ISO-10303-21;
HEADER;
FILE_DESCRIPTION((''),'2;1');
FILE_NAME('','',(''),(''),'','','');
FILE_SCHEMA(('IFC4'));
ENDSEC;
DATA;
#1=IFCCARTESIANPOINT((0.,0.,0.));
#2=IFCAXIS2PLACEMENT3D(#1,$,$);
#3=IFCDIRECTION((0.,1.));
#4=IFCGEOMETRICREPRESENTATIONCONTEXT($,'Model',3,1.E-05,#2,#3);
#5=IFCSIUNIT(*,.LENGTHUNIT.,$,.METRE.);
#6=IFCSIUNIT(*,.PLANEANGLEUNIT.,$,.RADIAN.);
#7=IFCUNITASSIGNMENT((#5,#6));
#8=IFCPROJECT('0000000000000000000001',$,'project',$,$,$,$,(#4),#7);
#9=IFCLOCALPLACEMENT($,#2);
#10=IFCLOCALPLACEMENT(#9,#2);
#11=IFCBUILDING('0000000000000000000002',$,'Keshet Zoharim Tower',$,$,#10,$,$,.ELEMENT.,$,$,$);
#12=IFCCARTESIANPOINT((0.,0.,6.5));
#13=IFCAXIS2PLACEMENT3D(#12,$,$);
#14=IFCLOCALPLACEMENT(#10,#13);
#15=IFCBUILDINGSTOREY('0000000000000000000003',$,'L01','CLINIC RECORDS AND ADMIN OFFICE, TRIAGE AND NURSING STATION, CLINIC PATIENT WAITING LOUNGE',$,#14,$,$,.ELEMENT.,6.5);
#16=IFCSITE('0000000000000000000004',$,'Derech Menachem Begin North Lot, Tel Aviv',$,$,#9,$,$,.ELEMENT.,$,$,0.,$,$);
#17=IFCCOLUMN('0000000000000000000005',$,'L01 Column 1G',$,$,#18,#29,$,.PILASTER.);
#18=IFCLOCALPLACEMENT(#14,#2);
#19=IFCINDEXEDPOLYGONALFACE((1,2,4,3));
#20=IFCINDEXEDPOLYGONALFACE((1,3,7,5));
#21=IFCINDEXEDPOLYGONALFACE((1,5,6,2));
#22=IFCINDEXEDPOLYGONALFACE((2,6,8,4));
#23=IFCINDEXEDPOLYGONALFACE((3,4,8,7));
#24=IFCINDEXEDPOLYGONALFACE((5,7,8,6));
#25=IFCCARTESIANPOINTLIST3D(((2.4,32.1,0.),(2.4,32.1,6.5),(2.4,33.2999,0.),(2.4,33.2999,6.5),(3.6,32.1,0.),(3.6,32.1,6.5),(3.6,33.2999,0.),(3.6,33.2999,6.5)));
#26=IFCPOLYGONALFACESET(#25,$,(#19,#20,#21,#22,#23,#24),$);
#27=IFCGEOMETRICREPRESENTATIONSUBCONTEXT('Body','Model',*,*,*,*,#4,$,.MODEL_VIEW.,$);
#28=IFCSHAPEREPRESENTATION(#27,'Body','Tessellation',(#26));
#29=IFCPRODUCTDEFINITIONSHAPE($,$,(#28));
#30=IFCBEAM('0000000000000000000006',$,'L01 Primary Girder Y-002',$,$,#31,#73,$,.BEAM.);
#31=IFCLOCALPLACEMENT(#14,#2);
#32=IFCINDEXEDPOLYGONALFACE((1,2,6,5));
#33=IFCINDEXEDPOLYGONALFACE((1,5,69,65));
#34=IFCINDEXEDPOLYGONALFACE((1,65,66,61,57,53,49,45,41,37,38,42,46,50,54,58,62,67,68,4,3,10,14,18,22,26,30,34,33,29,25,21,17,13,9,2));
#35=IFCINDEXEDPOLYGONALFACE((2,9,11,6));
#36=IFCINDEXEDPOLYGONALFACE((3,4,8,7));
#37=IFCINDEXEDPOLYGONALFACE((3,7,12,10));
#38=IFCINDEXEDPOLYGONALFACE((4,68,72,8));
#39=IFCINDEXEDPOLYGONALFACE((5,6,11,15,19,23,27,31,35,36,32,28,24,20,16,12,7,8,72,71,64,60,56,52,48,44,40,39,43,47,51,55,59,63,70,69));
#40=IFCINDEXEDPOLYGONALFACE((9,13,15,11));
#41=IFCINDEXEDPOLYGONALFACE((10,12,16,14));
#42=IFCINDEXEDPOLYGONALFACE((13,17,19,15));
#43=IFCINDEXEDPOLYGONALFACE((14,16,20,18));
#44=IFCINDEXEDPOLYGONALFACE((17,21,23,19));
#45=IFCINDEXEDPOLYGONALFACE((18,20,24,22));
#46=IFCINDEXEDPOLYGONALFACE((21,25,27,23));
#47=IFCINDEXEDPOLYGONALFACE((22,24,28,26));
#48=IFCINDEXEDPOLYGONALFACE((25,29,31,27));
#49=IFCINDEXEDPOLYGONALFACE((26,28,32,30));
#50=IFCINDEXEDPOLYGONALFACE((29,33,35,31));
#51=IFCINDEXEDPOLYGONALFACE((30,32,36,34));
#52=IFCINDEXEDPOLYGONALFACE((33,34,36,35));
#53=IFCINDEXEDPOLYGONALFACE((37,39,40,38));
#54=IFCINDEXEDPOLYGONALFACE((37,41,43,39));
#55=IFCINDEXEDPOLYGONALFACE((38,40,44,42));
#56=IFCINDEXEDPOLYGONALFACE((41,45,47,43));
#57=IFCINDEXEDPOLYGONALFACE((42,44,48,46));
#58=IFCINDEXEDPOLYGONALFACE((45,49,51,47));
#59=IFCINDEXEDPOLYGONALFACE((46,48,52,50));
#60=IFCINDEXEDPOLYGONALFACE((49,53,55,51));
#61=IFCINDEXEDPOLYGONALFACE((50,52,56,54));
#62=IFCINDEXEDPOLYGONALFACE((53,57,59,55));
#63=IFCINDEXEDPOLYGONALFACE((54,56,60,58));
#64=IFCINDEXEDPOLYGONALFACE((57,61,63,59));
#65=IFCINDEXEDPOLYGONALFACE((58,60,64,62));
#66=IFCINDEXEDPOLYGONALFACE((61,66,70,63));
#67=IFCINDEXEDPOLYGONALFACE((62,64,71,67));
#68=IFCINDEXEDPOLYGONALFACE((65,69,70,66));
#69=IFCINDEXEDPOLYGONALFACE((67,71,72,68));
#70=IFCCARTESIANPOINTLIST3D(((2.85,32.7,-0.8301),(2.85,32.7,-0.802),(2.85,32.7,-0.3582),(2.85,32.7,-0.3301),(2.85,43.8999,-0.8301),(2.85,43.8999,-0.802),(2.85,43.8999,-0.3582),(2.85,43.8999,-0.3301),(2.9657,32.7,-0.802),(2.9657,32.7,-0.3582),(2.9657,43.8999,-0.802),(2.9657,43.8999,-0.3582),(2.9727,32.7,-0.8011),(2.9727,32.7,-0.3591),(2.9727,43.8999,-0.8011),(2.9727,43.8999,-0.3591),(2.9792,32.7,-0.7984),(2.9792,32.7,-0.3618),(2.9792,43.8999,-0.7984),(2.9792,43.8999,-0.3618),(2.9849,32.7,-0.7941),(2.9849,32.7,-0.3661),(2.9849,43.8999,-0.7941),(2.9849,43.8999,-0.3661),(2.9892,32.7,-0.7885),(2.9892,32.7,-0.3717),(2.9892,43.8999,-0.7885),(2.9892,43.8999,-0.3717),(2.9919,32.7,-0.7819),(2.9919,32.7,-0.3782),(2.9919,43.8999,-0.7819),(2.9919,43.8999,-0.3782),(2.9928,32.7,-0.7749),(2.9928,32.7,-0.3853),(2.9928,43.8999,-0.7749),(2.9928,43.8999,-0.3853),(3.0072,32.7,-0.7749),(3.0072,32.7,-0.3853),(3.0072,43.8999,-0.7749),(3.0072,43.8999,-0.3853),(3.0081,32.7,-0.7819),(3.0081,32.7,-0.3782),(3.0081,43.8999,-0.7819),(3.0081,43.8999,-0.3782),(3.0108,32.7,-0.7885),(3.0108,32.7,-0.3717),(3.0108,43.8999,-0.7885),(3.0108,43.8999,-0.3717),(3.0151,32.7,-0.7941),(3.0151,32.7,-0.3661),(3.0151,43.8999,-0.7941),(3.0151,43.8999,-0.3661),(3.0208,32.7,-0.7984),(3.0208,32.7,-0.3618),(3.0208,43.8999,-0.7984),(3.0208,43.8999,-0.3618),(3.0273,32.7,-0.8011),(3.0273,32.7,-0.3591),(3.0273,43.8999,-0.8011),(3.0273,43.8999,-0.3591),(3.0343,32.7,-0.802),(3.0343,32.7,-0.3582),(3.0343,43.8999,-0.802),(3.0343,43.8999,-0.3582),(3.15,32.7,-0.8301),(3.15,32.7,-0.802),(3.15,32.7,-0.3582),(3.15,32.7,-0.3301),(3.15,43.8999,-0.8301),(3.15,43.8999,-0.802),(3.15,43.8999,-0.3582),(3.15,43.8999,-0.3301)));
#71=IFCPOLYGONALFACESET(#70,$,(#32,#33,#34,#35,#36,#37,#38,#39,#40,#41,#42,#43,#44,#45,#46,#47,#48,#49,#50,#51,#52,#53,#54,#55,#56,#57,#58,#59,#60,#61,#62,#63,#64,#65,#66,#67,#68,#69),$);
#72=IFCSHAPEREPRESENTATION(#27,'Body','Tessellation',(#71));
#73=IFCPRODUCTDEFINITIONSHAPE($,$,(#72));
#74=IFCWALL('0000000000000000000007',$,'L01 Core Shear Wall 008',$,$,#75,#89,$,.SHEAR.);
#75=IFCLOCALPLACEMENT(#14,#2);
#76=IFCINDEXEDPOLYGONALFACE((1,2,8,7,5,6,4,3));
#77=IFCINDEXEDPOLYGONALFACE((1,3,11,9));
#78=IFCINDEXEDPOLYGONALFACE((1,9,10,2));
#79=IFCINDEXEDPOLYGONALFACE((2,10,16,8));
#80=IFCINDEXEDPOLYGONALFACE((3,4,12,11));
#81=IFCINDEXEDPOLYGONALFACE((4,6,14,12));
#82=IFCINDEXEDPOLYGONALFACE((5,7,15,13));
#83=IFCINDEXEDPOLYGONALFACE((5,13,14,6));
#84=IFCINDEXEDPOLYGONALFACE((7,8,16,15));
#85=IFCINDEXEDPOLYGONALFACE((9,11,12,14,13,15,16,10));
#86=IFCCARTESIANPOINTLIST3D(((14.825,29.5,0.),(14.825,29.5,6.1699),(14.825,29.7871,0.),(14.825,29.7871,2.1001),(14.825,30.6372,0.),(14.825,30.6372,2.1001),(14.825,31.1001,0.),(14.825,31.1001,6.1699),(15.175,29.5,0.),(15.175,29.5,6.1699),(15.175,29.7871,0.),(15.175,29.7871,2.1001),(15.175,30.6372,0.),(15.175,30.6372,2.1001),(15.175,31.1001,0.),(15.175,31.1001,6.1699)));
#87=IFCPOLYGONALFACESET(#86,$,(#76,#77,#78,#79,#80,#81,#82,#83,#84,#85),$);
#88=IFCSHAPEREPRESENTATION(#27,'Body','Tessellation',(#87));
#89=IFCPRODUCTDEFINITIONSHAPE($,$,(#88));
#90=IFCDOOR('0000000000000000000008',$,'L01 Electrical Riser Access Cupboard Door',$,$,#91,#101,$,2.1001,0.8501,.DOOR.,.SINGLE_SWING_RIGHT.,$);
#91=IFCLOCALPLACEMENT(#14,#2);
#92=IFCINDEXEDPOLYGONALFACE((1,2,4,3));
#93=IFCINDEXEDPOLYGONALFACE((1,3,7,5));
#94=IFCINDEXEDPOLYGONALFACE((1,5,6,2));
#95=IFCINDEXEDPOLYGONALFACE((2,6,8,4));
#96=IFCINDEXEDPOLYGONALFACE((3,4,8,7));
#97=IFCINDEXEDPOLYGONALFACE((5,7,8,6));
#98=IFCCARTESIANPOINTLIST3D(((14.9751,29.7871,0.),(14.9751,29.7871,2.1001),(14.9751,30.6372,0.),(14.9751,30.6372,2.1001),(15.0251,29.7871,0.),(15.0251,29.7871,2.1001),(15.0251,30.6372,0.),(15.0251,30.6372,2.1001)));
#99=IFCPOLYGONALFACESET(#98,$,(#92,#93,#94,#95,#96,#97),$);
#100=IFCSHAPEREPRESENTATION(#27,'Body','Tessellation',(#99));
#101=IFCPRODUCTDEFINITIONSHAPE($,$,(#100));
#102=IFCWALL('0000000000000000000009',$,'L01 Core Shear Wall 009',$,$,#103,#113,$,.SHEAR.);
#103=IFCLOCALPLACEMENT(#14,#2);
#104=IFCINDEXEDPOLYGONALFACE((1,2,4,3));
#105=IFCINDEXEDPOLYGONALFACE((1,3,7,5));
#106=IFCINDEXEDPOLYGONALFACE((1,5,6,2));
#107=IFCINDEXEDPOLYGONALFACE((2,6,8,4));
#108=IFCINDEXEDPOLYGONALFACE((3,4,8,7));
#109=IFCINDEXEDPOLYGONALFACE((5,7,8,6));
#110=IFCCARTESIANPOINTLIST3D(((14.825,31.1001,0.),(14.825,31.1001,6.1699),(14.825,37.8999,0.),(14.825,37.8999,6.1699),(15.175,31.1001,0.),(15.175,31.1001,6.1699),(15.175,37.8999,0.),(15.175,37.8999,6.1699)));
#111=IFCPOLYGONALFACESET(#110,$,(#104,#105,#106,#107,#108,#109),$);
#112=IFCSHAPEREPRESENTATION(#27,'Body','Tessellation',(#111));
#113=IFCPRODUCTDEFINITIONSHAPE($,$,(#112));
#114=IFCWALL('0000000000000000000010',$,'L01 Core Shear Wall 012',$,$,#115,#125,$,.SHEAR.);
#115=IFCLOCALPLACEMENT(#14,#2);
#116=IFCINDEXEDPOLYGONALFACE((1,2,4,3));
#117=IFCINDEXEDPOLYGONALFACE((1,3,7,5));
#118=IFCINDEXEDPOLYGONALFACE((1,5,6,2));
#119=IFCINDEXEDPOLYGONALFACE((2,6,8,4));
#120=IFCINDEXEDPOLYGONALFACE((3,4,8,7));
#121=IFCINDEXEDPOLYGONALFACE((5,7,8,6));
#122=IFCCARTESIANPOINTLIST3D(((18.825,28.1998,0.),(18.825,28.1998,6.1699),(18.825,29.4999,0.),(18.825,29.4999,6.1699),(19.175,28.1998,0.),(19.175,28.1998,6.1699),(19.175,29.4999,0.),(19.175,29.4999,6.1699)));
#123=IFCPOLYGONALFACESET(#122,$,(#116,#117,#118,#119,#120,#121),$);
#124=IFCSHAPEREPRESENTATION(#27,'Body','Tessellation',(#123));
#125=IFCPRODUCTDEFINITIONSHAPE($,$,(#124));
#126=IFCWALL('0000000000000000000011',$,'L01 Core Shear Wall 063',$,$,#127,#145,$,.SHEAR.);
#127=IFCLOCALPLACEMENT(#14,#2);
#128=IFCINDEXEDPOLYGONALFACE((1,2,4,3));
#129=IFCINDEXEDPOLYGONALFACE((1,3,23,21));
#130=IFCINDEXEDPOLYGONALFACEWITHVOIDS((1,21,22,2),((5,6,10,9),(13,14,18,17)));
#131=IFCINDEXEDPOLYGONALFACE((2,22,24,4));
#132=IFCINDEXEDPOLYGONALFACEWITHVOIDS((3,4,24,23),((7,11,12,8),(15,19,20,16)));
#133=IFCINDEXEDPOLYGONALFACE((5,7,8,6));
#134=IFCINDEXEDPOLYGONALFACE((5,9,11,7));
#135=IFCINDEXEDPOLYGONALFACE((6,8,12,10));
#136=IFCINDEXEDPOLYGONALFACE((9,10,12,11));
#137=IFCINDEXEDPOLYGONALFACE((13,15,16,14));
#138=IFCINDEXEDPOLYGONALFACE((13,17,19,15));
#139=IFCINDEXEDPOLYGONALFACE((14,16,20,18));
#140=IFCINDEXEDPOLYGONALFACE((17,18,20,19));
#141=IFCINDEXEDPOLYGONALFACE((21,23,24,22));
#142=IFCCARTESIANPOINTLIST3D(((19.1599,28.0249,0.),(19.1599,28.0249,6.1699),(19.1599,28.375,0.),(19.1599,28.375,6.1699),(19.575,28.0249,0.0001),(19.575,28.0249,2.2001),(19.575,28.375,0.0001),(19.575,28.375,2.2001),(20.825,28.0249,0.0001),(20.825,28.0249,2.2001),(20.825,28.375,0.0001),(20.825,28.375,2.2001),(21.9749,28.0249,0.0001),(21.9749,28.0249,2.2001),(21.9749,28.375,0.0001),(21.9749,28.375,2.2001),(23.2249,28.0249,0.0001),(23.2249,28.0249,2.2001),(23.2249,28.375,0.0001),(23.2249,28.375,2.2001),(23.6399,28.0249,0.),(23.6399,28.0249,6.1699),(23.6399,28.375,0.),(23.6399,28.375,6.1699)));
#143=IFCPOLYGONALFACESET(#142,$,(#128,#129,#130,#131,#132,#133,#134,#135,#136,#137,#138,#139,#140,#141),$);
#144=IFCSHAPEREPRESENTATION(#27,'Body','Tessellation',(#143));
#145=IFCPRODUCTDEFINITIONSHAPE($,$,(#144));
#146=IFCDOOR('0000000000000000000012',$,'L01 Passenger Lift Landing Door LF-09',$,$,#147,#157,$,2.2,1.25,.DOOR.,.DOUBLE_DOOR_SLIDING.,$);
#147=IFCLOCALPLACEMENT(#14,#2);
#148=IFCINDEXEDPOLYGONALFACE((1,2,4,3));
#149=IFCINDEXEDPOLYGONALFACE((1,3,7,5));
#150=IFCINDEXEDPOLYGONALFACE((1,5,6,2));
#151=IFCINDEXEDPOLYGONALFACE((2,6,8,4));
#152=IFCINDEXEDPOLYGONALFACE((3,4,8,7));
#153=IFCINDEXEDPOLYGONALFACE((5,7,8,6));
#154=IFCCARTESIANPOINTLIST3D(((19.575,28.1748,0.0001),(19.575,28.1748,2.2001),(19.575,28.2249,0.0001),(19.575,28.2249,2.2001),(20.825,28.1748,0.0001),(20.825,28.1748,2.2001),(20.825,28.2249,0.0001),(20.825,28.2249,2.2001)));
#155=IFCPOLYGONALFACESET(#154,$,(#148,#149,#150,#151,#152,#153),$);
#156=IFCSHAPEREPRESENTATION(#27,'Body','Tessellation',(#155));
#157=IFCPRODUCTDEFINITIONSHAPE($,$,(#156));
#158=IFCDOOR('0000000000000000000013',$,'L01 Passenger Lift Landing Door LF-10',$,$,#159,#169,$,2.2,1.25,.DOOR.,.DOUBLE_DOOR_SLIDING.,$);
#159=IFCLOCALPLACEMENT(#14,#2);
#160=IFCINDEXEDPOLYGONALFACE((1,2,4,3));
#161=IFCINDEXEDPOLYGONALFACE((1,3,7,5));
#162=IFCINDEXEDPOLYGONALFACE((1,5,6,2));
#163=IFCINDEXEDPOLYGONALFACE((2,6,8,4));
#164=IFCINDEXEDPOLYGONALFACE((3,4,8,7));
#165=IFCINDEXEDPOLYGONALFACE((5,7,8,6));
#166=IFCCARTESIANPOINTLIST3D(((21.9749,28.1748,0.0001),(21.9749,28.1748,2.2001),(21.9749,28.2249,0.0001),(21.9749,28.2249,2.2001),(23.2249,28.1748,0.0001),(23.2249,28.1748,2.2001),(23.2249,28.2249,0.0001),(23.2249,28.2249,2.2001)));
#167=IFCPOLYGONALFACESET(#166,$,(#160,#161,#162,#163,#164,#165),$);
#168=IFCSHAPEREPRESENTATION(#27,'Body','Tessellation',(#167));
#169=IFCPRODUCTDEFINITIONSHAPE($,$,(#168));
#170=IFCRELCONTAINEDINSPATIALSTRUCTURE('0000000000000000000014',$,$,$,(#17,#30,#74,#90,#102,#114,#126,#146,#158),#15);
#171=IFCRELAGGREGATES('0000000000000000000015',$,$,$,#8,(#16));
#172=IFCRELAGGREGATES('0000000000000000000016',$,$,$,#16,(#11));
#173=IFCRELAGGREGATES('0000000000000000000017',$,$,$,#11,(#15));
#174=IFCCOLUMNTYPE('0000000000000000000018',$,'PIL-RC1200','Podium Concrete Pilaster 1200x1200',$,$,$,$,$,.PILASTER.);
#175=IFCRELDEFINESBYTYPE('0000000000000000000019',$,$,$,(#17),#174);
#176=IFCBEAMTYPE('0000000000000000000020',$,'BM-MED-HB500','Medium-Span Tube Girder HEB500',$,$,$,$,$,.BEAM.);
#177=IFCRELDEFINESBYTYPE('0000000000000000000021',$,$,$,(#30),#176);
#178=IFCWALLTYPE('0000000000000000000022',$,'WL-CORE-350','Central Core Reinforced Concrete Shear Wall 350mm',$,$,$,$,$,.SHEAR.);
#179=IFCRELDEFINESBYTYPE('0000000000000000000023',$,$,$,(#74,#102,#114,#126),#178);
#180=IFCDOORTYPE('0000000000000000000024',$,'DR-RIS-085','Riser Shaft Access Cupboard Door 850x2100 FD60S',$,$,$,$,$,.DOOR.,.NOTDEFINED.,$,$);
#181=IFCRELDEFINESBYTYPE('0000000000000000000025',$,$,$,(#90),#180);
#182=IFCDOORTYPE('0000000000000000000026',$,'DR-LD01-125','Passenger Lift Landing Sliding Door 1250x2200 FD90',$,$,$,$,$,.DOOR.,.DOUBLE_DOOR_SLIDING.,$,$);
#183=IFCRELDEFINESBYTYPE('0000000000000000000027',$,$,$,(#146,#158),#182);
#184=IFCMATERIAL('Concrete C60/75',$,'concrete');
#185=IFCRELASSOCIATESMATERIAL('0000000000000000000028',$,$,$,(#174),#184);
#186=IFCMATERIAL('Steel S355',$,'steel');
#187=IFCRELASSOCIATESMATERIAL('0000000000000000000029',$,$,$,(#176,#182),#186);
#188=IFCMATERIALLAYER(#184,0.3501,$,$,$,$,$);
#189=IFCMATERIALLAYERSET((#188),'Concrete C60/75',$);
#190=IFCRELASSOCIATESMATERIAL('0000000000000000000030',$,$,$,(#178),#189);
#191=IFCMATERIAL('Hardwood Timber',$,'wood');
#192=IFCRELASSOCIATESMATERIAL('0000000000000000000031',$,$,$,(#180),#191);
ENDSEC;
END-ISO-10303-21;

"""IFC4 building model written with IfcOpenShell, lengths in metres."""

from ifc_helpers import new_model, si_unit, direction, frame, frame_2d, origin, origin_2d, place, context, subcontext, project, spatial, rectangle, i_section, extrude, material, layer, layer_set, material_profile, profile_set, type_object, element, fill, save


model = new_model("IFC4")

# Units and contexts
model_context = context("Model", 3, precision=1e-05, world=origin(), true_north=direction((0.0, 1.0)))
body_context = subcontext(model_context, "Body", "Model", "MODEL_VIEW")
ifc_project = project(units=[si_unit("LENGTHUNIT", "METRE"), si_unit("PLANEANGLEUNIT", "RADIAN")], contexts=[model_context])

# Site, building, storey
site_placement = place(None, origin())
site = spatial("IfcSite", under=ifc_project, at=site_placement, Name="Derech Menachem Begin North Lot, Tel Aviv", CompositionType="ELEMENT", RefElevation=0.0)
building_placement = place(site_placement, origin())
building = spatial("IfcBuilding", under=site, at=building_placement, Name="Keshet Zoharim Tower", CompositionType="ELEMENT")
storey_placement = place(building_placement, frame((0.0, 0.0, 6.5)))
storey = spatial("IfcBuildingStorey", under=building, at=storey_placement, Name="L01", Description="CLINIC RECORDS AND ADMIN OFFICE, TRIAGE AND NURSING STATION, CLINIC PATIENT WAITING LOUNGE", CompositionType="ELEMENT", Elevation=6.5)

# Column
ifc_material_1 = material(Name="Concrete C60/75", Category="concrete")
ifc_material_profile_1 = material_profile(ifc_material_1, rectangle(XDim=1.2, YDim=1.2, at=origin_2d()), Name="RC1200x1200")
ifc_profile_set_1 = profile_set([ifc_material_profile_1], Name="Concrete C60/75")
column_type = type_object("IfcColumnType", Name="PIL-RC1200", Description="Podium Concrete Pilaster 1200x1200", PredefinedType="PILASTER", material=ifc_profile_set_1)
column_placement = place(storey_placement, frame((3.0, 32.7, 0.0), z_axis=(0.0, 0.0, 1.0), x_axis=(1.0, 0.0, 0.0)))
element("IfcColumn", 1, at=column_placement, inside=storey, type_object=column_type, Name="L01 Column 1G", PredefinedType="PILASTER", context=body_context, shape_type="SweptSolid", body=[
    extrude(rectangle(XDim=1.2, YDim=1.2, at=origin_2d()), origin(), (0.0, 0.0, 1.0), 6.5),
])

# Beam
ifc_material_2 = material(Name="Steel S355", Category="steel")
ifc_material_profile_2 = material_profile(ifc_material_2, i_section(OverallWidth=0.3, OverallDepth=0.5, WebThickness=0.0144, FlangeThickness=0.0281, FilletRadius=0.0271, at=origin_2d()), Name="HEB500")
ifc_profile_set_2 = profile_set([ifc_material_profile_2], Name="Steel S355")
beam_type = type_object("IfcBeamType", Name="BM-MED-HB500", Description="Medium-Span Tube Girder HEB500", PredefinedType="BEAM", material=ifc_profile_set_2)
beam_placement = place(storey_placement, frame((3.0, 32.7, -0.5801), z_axis=(0.0, 1.0, 0.0), x_axis=(-1.0, 0.0, 0.0)))
element("IfcBeam", 2, at=beam_placement, inside=storey, type_object=beam_type, Name="L01 Primary Girder Y-002", PredefinedType="BEAM", context=body_context, shape_type="SweptSolid", body=[
    extrude(i_section(OverallWidth=0.3, OverallDepth=0.5, WebThickness=0.0144, FlangeThickness=0.0281, FilletRadius=0.0271, at=origin_2d()), origin(), (0.0, 0.0, 1.0), 11.2),
])

# Wall, opening, door
ifc_layer_1 = layer(ifc_material_1, 0.3501)
ifc_layer_set_1 = layer_set([ifc_layer_1], Name="Concrete C60/75")
wall_type_1 = type_object("IfcWallType", Name="WL-CORE-350", Description="Central Core Reinforced Concrete Shear Wall 350mm", PredefinedType="SHEAR", material=ifc_layer_set_1)
wall_1_placement = place(storey_placement, frame((15.0, 29.5, 0.0), z_axis=(0.0, 0.0, 1.0), x_axis=(0.0, 1.0, 0.0)))
wall_1 = element("IfcWall", 3, at=wall_1_placement, inside=storey, type_object=wall_type_1, Name="L01 Core Shear Wall 008", PredefinedType="SHEAR", context=body_context, shape_type="SweptSolid", body=[
    extrude(rectangle(XDim=1.6001, YDim=0.3501, at=frame_2d((0.8, 0.0))), origin(), (0.0, 0.0, 1.0), 6.1699),
])
opening_1_placement = place(wall_1_placement, frame((0.2871, 0.0, 0.0)))
opening_1 = element("IfcOpeningElement", 4, at=opening_1_placement, cuts=wall_1, PredefinedType="OPENING", context=body_context, shape_type="SweptSolid", body=[
    extrude(rectangle(XDim=0.8501, YDim=2.1001, at=frame_2d((0.425, 1.05))), frame((0.0, 0.1851, 0.0), z_axis=(0.0, -1.0, 0.0), x_axis=(1.0, 0.0, 0.0)), (0.0, 0.0, 1.0), 0.3701),
])
ifc_material_3 = material(Name="Hardwood Timber", Category="wood")
door_type_1 = type_object("IfcDoorType", Name="DR-RIS-085", Description="Riser Shaft Access Cupboard Door 850x2100 FD60S", OperationType="NOTDEFINED", PredefinedType="DOOR", material=ifc_material_3)
door_1_placement = place(opening_1_placement, origin())
door_1 = element("IfcDoor", 5, at=door_1_placement, inside=storey, type_object=door_type_1, Name="L01 Electrical Riser Access Cupboard Door", OperationType="SINGLE_SWING_RIGHT", OverallHeight=2.1001, OverallWidth=0.8501, PredefinedType="DOOR", context=body_context, shape_type="SweptSolid", body=[
    extrude(rectangle(XDim=0.8501, YDim=2.1001, at=frame_2d((0.425, 1.05))), frame((0.0, 0.0249, 0.0), z_axis=(0.0, -1.0, 0.0), x_axis=(1.0, 0.0, 0.0)), (0.0, 0.0, 1.0), 0.05),
])
fill(opening_1, door_1)

# Walls
wall_2_placement = place(storey_placement, frame((15.0, 31.1001, 0.0), z_axis=(0.0, 0.0, 1.0), x_axis=(0.0, 1.0, 0.0)))
element("IfcWall", 6, at=wall_2_placement, inside=storey, type_object=wall_type_1, Name="L01 Core Shear Wall 009", PredefinedType="SHEAR", context=body_context, shape_type="SweptSolid", body=[
    extrude(rectangle(XDim=6.7998, YDim=0.3501, at=frame_2d((3.3999, 0.0))), origin(), (0.0, 0.0, 1.0), 6.1699),
])
wall_3_placement = place(storey_placement, frame((19.0, 28.2, 0.0), z_axis=(0.0, 0.0, 1.0), x_axis=(0.0, 1.0, 0.0)))
element("IfcWall", 7, at=wall_3_placement, inside=storey, type_object=wall_type_1, Name="L01 Core Shear Wall 012", PredefinedType="SHEAR", context=body_context, shape_type="SweptSolid", body=[
    extrude(rectangle(XDim=1.3, YDim=0.3501, at=frame_2d((0.6499, 0.0))), origin(), (0.0, 0.0, 1.0), 6.1699),
])

# Wall, openings, doors
wall_4_placement = place(storey_placement, frame((19.1599, 28.2, 0.0), z_axis=(0.0, 0.0, 1.0), x_axis=(1.0, 0.0, 0.0)))
wall_4 = element("IfcWall", 8, at=wall_4_placement, inside=storey, type_object=wall_type_1, Name="L01 Core Shear Wall 063", PredefinedType="SHEAR", context=body_context, shape_type="SweptSolid", body=[
    extrude(rectangle(XDim=4.48, YDim=0.3501, at=frame_2d((2.24, 0.0))), origin(), (0.0, 0.0, 1.0), 6.1699),
])
opening_2_placement = place(wall_4_placement, frame((0.415, 0.0, 0.0)))
opening_2 = element("IfcOpeningElement", 9, at=opening_2_placement, cuts=wall_4, PredefinedType="OPENING", context=body_context, shape_type="SweptSolid", body=[
    extrude(rectangle(XDim=1.25, YDim=2.2, at=frame_2d((0.625, 1.1001))), frame((0.0, 0.1851, 0.0), z_axis=(0.0, -1.0, 0.0), x_axis=(1.0, 0.0, 0.0)), (0.0, 0.0, 1.0), 0.3701),
])
opening_3_placement = place(wall_4_placement, frame((2.8149, 0.0, 0.0)))
opening_3 = element("IfcOpeningElement", 10, at=opening_3_placement, cuts=wall_4, PredefinedType="OPENING", context=body_context, shape_type="SweptSolid", body=[
    extrude(rectangle(XDim=1.25, YDim=2.2, at=frame_2d((0.625, 1.1001))), frame((0.0, 0.1851, 0.0), z_axis=(0.0, -1.0, 0.0), x_axis=(1.0, 0.0, 0.0)), (0.0, 0.0, 1.0), 0.3701),
])
door_type_2 = type_object("IfcDoorType", Name="DR-LD01-125", Description="Passenger Lift Landing Sliding Door 1250x2200 FD90", OperationType="DOUBLE_DOOR_SLIDING", PredefinedType="DOOR", material=ifc_material_2)
door_2_placement = place(opening_2_placement, origin())
door_2 = element("IfcDoor", 11, at=door_2_placement, inside=storey, type_object=door_type_2, Name="L01 Passenger Lift Landing Door LF-09", OperationType="DOUBLE_DOOR_SLIDING", OverallHeight=2.2, OverallWidth=1.25, PredefinedType="DOOR", context=body_context, shape_type="SweptSolid", body=[
    extrude(rectangle(XDim=1.25, YDim=2.2, at=frame_2d((0.625, 1.1001))), frame((0.0, 0.0249, 0.0), z_axis=(0.0, -1.0, 0.0), x_axis=(1.0, 0.0, 0.0)), (0.0, 0.0, 1.0), 0.05),
])
fill(opening_2, door_2)
door_3_placement = place(opening_3_placement, origin())
door_3 = element("IfcDoor", 12, at=door_3_placement, inside=storey, type_object=door_type_2, Name="L01 Passenger Lift Landing Door LF-10", OperationType="DOUBLE_DOOR_SLIDING", OverallHeight=2.2, OverallWidth=1.25, PredefinedType="DOOR", context=body_context, shape_type="SweptSolid", body=[
    extrude(rectangle(XDim=1.25, YDim=2.2, at=frame_2d((0.625, 1.1001))), frame((0.0, 0.0249, 0.0), z_axis=(0.0, -1.0, 0.0), x_axis=(1.0, 0.0, 0.0)), (0.0, 0.0, 1.0), 0.05),
])
fill(opening_3, door_3)

save(model, "model.ifc")
